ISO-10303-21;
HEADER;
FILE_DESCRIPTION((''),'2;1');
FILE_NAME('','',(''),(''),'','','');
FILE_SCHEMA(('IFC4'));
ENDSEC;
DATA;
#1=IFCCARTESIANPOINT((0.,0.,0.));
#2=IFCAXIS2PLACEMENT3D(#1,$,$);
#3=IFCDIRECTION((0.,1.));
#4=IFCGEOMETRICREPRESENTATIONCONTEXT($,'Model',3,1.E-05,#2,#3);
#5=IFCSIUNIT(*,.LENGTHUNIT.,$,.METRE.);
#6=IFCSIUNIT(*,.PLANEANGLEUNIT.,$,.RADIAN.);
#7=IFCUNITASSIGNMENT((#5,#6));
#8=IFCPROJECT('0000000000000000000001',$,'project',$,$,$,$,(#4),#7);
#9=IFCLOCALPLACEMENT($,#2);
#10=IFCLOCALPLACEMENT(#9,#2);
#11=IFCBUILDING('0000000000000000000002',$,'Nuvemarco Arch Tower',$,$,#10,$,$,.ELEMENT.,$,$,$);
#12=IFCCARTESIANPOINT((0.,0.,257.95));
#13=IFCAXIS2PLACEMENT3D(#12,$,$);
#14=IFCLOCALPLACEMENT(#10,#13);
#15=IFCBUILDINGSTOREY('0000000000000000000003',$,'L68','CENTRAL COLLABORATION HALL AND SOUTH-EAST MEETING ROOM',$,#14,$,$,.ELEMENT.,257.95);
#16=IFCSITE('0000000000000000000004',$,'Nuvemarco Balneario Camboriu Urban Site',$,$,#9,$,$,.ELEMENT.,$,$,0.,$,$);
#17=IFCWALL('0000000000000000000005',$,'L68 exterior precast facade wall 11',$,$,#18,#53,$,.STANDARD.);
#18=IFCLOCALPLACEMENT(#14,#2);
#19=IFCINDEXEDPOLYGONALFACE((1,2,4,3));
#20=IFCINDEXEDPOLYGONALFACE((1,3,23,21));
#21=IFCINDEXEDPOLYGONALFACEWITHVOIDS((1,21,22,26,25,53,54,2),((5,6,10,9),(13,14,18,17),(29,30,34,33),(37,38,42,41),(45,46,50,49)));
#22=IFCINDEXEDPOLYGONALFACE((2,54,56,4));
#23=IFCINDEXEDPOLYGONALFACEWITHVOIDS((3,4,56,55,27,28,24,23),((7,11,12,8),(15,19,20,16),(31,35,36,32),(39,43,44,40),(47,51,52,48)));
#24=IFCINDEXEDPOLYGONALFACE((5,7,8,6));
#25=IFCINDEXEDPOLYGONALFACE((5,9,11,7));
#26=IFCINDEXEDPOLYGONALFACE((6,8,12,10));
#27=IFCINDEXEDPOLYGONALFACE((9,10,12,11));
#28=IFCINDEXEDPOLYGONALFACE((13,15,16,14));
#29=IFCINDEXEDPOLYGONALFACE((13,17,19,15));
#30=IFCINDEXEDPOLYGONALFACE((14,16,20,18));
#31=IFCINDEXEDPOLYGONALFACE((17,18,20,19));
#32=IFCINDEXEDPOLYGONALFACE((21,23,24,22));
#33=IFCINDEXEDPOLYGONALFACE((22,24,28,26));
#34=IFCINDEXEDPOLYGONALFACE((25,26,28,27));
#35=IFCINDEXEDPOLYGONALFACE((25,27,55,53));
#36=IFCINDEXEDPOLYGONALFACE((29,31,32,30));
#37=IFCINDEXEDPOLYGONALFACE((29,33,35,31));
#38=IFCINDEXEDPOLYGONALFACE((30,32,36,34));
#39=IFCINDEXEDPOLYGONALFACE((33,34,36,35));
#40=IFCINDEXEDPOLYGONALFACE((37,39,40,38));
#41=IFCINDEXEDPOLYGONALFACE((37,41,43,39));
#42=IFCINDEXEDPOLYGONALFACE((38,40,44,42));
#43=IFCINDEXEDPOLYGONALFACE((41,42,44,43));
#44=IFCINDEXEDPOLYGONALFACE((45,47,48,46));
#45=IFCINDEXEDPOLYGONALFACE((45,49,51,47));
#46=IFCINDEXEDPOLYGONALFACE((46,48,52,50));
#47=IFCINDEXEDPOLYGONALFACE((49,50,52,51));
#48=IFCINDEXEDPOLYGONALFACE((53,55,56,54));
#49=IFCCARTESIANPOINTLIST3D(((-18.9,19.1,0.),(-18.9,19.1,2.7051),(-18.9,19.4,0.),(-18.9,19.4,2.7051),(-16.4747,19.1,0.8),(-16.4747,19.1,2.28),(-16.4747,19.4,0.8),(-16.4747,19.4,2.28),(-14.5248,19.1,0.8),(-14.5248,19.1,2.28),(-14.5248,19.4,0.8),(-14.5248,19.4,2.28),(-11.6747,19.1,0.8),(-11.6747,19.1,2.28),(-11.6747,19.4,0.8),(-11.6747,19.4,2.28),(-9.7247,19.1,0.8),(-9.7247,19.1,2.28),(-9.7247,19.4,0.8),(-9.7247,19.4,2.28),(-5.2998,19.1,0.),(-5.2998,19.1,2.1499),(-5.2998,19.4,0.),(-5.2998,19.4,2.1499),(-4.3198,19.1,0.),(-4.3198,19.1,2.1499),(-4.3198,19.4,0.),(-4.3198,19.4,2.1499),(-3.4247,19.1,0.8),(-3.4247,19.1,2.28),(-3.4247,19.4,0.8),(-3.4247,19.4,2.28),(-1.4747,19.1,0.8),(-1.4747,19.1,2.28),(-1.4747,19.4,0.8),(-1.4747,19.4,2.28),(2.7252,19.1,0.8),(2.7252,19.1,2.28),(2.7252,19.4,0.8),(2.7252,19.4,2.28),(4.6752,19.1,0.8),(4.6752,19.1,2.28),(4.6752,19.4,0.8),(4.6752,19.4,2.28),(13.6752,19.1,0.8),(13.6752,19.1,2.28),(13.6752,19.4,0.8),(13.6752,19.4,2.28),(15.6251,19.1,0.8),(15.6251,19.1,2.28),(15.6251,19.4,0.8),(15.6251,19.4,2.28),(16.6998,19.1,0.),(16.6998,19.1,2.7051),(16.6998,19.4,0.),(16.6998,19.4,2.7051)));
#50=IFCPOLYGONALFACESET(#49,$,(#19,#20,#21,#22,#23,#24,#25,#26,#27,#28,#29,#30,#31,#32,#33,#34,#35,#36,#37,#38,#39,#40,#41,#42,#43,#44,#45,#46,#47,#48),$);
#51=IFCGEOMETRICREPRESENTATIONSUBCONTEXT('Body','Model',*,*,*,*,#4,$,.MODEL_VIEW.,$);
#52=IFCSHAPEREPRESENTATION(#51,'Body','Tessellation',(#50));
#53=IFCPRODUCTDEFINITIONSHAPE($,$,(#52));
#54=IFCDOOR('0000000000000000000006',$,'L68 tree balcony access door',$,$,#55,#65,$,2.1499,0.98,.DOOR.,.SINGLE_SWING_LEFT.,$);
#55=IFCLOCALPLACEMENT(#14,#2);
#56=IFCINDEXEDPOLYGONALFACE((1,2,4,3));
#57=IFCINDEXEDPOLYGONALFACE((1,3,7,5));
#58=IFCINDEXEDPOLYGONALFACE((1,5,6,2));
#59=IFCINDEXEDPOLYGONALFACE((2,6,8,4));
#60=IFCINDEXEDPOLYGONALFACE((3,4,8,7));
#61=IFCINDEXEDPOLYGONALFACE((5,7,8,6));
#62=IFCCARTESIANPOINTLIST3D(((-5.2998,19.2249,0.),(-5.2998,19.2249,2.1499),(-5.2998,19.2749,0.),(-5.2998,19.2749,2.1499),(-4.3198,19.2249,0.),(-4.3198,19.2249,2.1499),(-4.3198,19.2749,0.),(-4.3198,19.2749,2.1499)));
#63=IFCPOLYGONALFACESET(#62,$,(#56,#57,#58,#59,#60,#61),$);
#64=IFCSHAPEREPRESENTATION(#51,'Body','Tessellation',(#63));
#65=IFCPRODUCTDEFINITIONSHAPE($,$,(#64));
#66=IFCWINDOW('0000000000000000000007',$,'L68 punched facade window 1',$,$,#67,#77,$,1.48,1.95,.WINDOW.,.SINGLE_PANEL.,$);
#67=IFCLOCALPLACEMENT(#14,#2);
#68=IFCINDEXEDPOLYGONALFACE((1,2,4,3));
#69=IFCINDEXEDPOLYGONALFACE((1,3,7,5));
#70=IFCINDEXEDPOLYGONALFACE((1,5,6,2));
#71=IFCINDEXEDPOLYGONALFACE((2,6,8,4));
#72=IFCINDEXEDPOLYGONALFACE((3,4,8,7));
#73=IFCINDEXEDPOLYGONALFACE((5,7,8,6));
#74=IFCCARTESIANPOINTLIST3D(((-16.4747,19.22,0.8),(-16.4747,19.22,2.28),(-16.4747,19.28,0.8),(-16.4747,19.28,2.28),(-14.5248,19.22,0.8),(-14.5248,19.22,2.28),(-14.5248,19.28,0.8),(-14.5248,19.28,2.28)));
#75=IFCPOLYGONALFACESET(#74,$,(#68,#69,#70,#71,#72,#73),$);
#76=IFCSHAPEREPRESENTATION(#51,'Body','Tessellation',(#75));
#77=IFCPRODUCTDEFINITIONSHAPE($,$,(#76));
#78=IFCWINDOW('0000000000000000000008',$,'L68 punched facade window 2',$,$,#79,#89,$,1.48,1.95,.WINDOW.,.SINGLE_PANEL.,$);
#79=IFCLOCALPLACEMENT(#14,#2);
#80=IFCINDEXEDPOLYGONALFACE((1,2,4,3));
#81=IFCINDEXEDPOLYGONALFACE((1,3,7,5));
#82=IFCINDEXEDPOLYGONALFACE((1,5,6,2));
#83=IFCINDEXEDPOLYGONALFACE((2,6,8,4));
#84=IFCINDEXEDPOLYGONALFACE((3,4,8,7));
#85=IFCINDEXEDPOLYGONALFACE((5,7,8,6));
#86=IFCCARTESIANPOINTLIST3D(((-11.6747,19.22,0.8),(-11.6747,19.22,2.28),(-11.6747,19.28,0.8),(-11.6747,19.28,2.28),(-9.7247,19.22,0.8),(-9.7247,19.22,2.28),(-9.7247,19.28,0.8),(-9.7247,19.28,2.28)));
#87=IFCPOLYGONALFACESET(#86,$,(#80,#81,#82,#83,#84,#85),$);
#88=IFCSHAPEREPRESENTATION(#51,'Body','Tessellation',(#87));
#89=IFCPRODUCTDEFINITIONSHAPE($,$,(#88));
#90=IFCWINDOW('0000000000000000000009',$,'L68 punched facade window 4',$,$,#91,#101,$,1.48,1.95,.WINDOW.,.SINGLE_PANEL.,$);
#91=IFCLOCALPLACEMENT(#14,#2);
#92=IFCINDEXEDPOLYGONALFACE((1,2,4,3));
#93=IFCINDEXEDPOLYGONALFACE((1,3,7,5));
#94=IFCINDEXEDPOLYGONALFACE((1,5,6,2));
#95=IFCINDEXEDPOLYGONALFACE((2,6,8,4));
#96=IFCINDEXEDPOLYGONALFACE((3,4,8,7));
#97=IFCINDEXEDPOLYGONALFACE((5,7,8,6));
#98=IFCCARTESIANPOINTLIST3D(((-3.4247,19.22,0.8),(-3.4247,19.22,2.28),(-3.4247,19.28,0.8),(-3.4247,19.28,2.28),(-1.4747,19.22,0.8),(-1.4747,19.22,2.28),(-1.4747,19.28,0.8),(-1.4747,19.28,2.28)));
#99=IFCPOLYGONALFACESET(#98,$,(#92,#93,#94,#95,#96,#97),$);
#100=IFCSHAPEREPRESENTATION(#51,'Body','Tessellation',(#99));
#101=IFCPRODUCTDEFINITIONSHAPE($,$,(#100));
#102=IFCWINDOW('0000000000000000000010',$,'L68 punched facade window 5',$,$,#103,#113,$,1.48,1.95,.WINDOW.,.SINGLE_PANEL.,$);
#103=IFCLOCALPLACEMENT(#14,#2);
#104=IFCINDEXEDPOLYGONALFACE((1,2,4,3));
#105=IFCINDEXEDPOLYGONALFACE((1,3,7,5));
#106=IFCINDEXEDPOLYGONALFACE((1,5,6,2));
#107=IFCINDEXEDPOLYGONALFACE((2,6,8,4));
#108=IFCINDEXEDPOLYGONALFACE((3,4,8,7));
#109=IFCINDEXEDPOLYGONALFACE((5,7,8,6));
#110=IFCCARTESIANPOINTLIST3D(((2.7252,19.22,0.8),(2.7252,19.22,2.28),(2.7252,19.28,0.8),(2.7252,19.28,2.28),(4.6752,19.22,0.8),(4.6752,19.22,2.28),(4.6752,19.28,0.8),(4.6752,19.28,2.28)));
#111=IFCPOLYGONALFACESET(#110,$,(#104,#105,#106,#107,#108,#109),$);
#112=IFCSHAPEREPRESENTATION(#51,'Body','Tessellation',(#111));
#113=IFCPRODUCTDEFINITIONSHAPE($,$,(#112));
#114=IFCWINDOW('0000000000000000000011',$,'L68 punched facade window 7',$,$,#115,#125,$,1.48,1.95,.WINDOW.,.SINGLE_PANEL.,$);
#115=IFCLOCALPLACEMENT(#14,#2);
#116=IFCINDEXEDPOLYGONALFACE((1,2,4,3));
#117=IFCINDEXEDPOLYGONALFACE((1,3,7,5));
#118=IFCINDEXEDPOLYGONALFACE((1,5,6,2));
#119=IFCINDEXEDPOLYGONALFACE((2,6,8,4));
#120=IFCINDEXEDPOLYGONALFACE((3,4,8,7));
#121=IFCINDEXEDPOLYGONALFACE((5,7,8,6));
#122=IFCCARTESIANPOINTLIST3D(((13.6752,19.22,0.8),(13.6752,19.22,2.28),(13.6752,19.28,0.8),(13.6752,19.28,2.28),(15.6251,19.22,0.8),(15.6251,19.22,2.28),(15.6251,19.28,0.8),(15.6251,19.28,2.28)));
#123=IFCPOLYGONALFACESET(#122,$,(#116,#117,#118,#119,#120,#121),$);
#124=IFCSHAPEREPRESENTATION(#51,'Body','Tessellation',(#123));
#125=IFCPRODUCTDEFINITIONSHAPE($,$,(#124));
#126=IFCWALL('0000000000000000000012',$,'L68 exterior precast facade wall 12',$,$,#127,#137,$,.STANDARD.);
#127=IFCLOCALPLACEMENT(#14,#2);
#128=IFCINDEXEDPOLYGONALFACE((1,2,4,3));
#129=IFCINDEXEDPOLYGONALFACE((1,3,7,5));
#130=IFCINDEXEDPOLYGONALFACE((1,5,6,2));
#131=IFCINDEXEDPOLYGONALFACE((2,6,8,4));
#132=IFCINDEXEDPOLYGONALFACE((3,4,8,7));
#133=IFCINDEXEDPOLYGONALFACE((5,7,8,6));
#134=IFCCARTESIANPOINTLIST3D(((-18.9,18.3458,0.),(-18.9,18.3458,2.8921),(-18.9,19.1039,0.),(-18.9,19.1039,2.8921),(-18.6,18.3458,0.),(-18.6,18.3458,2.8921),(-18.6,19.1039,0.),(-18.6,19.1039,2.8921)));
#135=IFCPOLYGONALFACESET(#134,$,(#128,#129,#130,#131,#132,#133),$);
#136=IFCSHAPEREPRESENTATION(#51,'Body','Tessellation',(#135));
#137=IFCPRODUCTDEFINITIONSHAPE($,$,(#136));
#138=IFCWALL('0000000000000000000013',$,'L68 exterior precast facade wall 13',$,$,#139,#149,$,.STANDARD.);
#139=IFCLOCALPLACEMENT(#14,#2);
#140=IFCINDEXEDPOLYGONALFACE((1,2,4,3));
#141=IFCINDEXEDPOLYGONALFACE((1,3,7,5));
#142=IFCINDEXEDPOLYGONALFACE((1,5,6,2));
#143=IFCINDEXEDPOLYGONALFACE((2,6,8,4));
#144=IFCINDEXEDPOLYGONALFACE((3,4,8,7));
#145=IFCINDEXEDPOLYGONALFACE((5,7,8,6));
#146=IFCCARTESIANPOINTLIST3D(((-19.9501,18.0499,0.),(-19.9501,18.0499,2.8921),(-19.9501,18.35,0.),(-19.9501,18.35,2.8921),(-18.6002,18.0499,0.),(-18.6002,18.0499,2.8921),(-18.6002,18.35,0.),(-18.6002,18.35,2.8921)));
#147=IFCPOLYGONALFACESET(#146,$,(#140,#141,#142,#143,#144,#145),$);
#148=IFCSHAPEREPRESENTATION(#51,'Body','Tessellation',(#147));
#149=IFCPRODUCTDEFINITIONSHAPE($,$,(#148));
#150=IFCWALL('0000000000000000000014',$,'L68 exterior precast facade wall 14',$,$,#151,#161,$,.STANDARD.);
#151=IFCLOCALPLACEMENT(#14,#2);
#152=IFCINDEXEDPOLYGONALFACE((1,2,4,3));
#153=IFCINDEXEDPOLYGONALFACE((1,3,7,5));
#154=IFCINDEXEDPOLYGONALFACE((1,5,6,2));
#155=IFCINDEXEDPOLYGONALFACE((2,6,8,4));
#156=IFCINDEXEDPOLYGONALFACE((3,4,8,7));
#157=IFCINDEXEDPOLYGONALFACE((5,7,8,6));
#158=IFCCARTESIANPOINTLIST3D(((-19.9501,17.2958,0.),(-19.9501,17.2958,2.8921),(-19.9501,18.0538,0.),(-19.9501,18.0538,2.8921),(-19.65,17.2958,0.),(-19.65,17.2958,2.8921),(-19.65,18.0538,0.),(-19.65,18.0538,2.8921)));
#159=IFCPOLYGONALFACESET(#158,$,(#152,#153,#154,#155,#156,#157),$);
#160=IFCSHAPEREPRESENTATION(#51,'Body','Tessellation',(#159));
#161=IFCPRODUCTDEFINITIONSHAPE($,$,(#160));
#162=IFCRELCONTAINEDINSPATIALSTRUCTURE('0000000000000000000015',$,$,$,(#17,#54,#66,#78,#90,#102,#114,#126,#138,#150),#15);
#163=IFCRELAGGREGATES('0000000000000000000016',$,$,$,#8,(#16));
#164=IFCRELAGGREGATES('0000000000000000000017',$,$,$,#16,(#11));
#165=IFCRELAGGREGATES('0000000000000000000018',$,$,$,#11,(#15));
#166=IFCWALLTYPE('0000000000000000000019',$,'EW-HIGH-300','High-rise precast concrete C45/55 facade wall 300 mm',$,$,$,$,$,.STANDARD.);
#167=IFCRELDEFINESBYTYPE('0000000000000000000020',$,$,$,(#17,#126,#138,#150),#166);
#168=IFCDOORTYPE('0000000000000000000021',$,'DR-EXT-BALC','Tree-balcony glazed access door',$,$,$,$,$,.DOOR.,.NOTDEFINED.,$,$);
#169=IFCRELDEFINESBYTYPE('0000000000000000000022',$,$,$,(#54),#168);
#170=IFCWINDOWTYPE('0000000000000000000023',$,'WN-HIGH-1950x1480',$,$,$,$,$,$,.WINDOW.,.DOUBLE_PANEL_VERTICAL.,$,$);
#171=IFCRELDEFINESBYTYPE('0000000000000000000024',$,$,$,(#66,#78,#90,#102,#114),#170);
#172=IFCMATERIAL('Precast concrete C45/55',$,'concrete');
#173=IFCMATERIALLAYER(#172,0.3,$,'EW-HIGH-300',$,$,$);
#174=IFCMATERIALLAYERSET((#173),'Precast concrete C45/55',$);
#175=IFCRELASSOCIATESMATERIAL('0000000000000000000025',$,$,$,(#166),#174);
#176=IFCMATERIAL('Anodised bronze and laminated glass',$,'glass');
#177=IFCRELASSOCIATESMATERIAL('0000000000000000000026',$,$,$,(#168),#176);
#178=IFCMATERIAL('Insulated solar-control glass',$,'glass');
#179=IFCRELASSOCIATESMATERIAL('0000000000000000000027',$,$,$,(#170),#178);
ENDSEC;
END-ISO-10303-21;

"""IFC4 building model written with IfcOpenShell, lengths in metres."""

from ifc_helpers import new_model, si_unit, direction, frame, frame_2d, origin, place, context, subcontext, project, spatial, rectangle, extrude, source, transform, mapped, material, layer, layer_set, type_object, type_shapes, element, fill, save


model = new_model("IFC4")

# Units and contexts
model_context = context("Model", 3, precision=1e-05, world=origin(), true_north=direction((0.0, 1.0)))
body_context = subcontext(model_context, "Body", "Model", "MODEL_VIEW")
ifc_project = project(units=[si_unit("LENGTHUNIT", "METRE"), si_unit("PLANEANGLEUNIT", "RADIAN")], contexts=[model_context])

# Site, building, storey
site_placement = place(None, origin())
site = spatial("IfcSite", under=ifc_project, at=site_placement, Name="Nuvemarco Balneario Camboriu Urban Site", CompositionType="ELEMENT", RefElevation=0.0)
building_placement = place(site_placement, origin())
building = spatial("IfcBuilding", under=site, at=building_placement, Name="Nuvemarco Arch Tower", CompositionType="ELEMENT")
storey_placement = place(building_placement, frame((0.0, 0.0, 257.95)))
storey = spatial("IfcBuildingStorey", under=building, at=storey_placement, Name="L68", Description="CENTRAL COLLABORATION HALL AND SOUTH-EAST MEETING ROOM", CompositionType="ELEMENT", Elevation=257.95)

# Wall, openings, door, windows
ifc_material_1 = material(Name="Precast concrete C45/55", Category="concrete")
ifc_layer_1 = layer(ifc_material_1, 0.3, Name="EW-HIGH-300")
ifc_layer_set_1 = layer_set([ifc_layer_1], Name="Precast concrete C45/55")
wall_type_1 = type_object("IfcWallType", Name="EW-HIGH-300", Description="High-rise precast concrete C45/55 facade wall 300 mm", PredefinedType="STANDARD", material=ifc_layer_set_1)
wall_1_placement = place(storey_placement, frame((-18.8999, 19.25, 0.0), z_axis=(0.0, 0.0, 1.0), x_axis=(1.0, 0.0, 0.0)))
wall_1 = element("IfcWall", 1, at=wall_1_placement, inside=storey, type_object=wall_type_1, Name="L68 exterior precast facade wall 11", PredefinedType="STANDARD", context=body_context, shape_type="SweptSolid", body=[
    extrude(rectangle(XDim=35.5999, YDim=0.3, at=frame_2d((17.7998, 0.0))), origin(), (0.0, 0.0, 1.0), 2.7051),
])
opening_1_placement = place(wall_1_placement, frame((13.6001, 0.0, 0.0)))
opening_1 = element("IfcOpeningElement", 2, at=opening_1_placement, cuts=wall_1, PredefinedType="OPENING", context=body_context, shape_type="SweptSolid", body=[
    extrude(rectangle(XDim=0.98, YDim=2.1499, at=frame_2d((0.49, 1.075))), frame((0.0, 0.1599, 0.0), z_axis=(0.0, -1.0, 0.0), x_axis=(1.0, 0.0, 0.0)), (0.0, 0.0, 1.0), 0.3201),
])
opening_2_placement = place(wall_1_placement, frame((2.425, 0.0, 0.8)))
opening_2 = element("IfcOpeningElement", 3, at=opening_2_placement, cuts=wall_1, PredefinedType="OPENING", context=body_context, shape_type="SweptSolid", body=[
    extrude(rectangle(XDim=1.95, YDim=1.48, at=frame_2d((0.9751, 0.74))), frame((0.0, 0.1599, 0.0), z_axis=(0.0, -1.0, 0.0), x_axis=(1.0, 0.0, 0.0)), (0.0, 0.0, 1.0), 0.3201),
])
opening_3_placement = place(wall_1_placement, frame((7.2251, 0.0, 0.8)))
opening_3 = element("IfcOpeningElement", 4, at=opening_3_placement, cuts=wall_1, PredefinedType="OPENING", context=body_context, shape_type="SweptSolid", body=[
    extrude(rectangle(XDim=1.95, YDim=1.48, at=frame_2d((0.9751, 0.74))), frame((0.0, 0.1599, 0.0), z_axis=(0.0, -1.0, 0.0), x_axis=(1.0, 0.0, 0.0)), (0.0, 0.0, 1.0), 0.3201),
])
opening_4_placement = place(wall_1_placement, frame((15.4751, 0.0, 0.8)))
opening_4 = element("IfcOpeningElement", 5, at=opening_4_placement, cuts=wall_1, PredefinedType="OPENING", context=body_context, shape_type="SweptSolid", body=[
    extrude(rectangle(XDim=1.95, YDim=1.48, at=frame_2d((0.9751, 0.74))), frame((0.0, 0.1599, 0.0), z_axis=(0.0, -1.0, 0.0), x_axis=(1.0, 0.0, 0.0)), (0.0, 0.0, 1.0), 0.3201),
])
opening_5_placement = place(wall_1_placement, frame((21.625, 0.0, 0.8)))
opening_5 = element("IfcOpeningElement", 6, at=opening_5_placement, cuts=wall_1, PredefinedType="OPENING", context=body_context, shape_type="SweptSolid", body=[
    extrude(rectangle(XDim=1.95, YDim=1.48, at=frame_2d((0.9751, 0.74))), frame((0.0, 0.1599, 0.0), z_axis=(0.0, -1.0, 0.0), x_axis=(1.0, 0.0, 0.0)), (0.0, 0.0, 1.0), 0.3201),
])
opening_6_placement = place(wall_1_placement, frame((32.575, 0.0, 0.8)))
opening_6 = element("IfcOpeningElement", 7, at=opening_6_placement, cuts=wall_1, PredefinedType="OPENING", context=body_context, shape_type="SweptSolid", body=[
    extrude(rectangle(XDim=1.95, YDim=1.48, at=frame_2d((0.9751, 0.74))), frame((0.0, 0.1599, 0.0), z_axis=(0.0, -1.0, 0.0), x_axis=(1.0, 0.0, 0.0)), (0.0, 0.0, 1.0), 0.3201),
])
ifc_material_2 = material(Name="Anodised bronze and laminated glass", Category="glass")
door_type_1 = type_object("IfcDoorType", Name="DR-EXT-BALC", Description="Tree-balcony glazed access door", OperationType="NOTDEFINED", PredefinedType="DOOR", material=ifc_material_2)
shared_shape_1 = source(origin(), body_context, "Body", "SweptSolid", [
    extrude(rectangle(XDim=0.98, YDim=2.1499, at=frame_2d((0.49, 1.075))), frame((0.0, 0.0249, 0.0), z_axis=(0.0, -1.0, 0.0), x_axis=(1.0, 0.0, 0.0)), (0.0, 0.0, 1.0), 0.05),
])
type_shapes(door_type_1, [shared_shape_1])
door_1_placement = place(opening_1_placement, origin())
door_1 = element("IfcDoor", 8, at=door_1_placement, inside=storey, type_object=door_type_1, Name="L68 tree balcony access door", OperationType="SINGLE_SWING_LEFT", OverallHeight=2.1499, OverallWidth=0.98, PredefinedType="DOOR", context=body_context, shape_type="MappedRepresentation", body=[
    mapped(shared_shape_1, transform((0.0, 0.0, 0.0), scale=1.0)),
])
fill(opening_1, door_1)
ifc_material_3 = material(Name="Insulated solar-control glass", Category="glass")
window_type = type_object("IfcWindowType", Name="WN-HIGH-1950x1480", PartitioningType="DOUBLE_PANEL_VERTICAL", PredefinedType="WINDOW", material=ifc_material_3)
shared_shape_2 = source(origin(), body_context, "Body", "SweptSolid", [
    extrude(rectangle(XDim=1.95, YDim=1.48, at=frame_2d((0.9751, 0.74))), frame((0.0, 0.03, 0.0), z_axis=(0.0, -1.0, 0.0), x_axis=(1.0, 0.0, 0.0)), (0.0, 0.0, 1.0), 0.0601),
])
type_shapes(window_type, [shared_shape_2])
window_1_placement = place(opening_2_placement, origin())
window_1 = element("IfcWindow", 9, at=window_1_placement, inside=storey, type_object=window_type, Name="L68 punched facade window 1", OverallHeight=1.48, OverallWidth=1.95, PartitioningType="SINGLE_PANEL", PredefinedType="WINDOW", context=body_context, shape_type="MappedRepresentation", body=[
    mapped(shared_shape_2, transform((0.0, 0.0, 0.0), scale=1.0)),
])
fill(opening_2, window_1)
window_2_placement = place(opening_3_placement, origin())
window_2 = element("IfcWindow", 10, at=window_2_placement, inside=storey, type_object=window_type, Name="L68 punched facade window 2", OverallHeight=1.48, OverallWidth=1.95, PartitioningType="SINGLE_PANEL", PredefinedType="WINDOW", context=body_context, shape_type="MappedRepresentation", body=[
    mapped(shared_shape_2, transform((0.0, 0.0, 0.0), scale=1.0)),
])
fill(opening_3, window_2)
window_3_placement = place(opening_4_placement, origin())
window_3 = element("IfcWindow", 11, at=window_3_placement, inside=storey, type_object=window_type, Name="L68 punched facade window 4", OverallHeight=1.48, OverallWidth=1.95, PartitioningType="SINGLE_PANEL", PredefinedType="WINDOW", context=body_context, shape_type="MappedRepresentation", body=[
    mapped(shared_shape_2, transform((0.0, 0.0, 0.0), scale=1.0)),
])
fill(opening_4, window_3)
window_4_placement = place(opening_5_placement, origin())
window_4 = element("IfcWindow", 12, at=window_4_placement, inside=storey, type_object=window_type, Name="L68 punched facade window 5", OverallHeight=1.48, OverallWidth=1.95, PartitioningType="SINGLE_PANEL", PredefinedType="WINDOW", context=body_context, shape_type="MappedRepresentation", body=[
    mapped(shared_shape_2, transform((0.0, 0.0, 0.0), scale=1.0)),
])
fill(opening_5, window_4)
window_5_placement = place(opening_6_placement, origin())
window_5 = element("IfcWindow", 13, at=window_5_placement, inside=storey, type_object=window_type, Name="L68 punched facade window 7", OverallHeight=1.48, OverallWidth=1.95, PartitioningType="SINGLE_PANEL", PredefinedType="WINDOW", context=body_context, shape_type="MappedRepresentation", body=[
    mapped(shared_shape_2, transform((0.0, 0.0, 0.0), scale=1.0)),
])
fill(opening_6, window_5)

# Walls
wall_2_placement = place(storey_placement, frame((-18.75, 18.3459, 0.0), z_axis=(0.0, 0.0, 1.0), x_axis=(0.0, 1.0, 0.0)))
element("IfcWall", 14, at=wall_2_placement, inside=storey, type_object=wall_type_1, Name="L68 exterior precast facade wall 12", PredefinedType="STANDARD", context=body_context, shape_type="SweptSolid", body=[
    extrude(rectangle(XDim=0.7581, YDim=0.3, at=frame_2d((0.3789, 0.0))), origin(), (0.0, 0.0, 1.0), 2.8921),
])
wall_3_placement = place(storey_placement, frame((-19.95, 18.2, 0.0), z_axis=(0.0, 0.0, 1.0), x_axis=(1.0, 0.0, 0.0)))
element("IfcWall", 15, at=wall_3_placement, inside=storey, type_object=wall_type_1, Name="L68 exterior precast facade wall 13", PredefinedType="STANDARD", context=body_context, shape_type="SweptSolid", body=[
    extrude(rectangle(XDim=1.3499, YDim=0.3, at=frame_2d((0.6748, 0.0))), origin(), (0.0, 0.0, 1.0), 2.8921),
])
wall_4_placement = place(storey_placement, frame((-19.8, 17.2959, 0.0), z_axis=(0.0, 0.0, 1.0), x_axis=(0.0, 1.0, 0.0)))
element("IfcWall", 16, at=wall_4_placement, inside=storey, type_object=wall_type_1, Name="L68 exterior precast facade wall 14", PredefinedType="STANDARD", context=body_context, shape_type="SweptSolid", body=[
    extrude(rectangle(XDim=0.7581, YDim=0.3, at=frame_2d((0.3789, 0.0))), origin(), (0.0, 0.0, 1.0), 2.8921),
])

save(model, "model.ifc")
